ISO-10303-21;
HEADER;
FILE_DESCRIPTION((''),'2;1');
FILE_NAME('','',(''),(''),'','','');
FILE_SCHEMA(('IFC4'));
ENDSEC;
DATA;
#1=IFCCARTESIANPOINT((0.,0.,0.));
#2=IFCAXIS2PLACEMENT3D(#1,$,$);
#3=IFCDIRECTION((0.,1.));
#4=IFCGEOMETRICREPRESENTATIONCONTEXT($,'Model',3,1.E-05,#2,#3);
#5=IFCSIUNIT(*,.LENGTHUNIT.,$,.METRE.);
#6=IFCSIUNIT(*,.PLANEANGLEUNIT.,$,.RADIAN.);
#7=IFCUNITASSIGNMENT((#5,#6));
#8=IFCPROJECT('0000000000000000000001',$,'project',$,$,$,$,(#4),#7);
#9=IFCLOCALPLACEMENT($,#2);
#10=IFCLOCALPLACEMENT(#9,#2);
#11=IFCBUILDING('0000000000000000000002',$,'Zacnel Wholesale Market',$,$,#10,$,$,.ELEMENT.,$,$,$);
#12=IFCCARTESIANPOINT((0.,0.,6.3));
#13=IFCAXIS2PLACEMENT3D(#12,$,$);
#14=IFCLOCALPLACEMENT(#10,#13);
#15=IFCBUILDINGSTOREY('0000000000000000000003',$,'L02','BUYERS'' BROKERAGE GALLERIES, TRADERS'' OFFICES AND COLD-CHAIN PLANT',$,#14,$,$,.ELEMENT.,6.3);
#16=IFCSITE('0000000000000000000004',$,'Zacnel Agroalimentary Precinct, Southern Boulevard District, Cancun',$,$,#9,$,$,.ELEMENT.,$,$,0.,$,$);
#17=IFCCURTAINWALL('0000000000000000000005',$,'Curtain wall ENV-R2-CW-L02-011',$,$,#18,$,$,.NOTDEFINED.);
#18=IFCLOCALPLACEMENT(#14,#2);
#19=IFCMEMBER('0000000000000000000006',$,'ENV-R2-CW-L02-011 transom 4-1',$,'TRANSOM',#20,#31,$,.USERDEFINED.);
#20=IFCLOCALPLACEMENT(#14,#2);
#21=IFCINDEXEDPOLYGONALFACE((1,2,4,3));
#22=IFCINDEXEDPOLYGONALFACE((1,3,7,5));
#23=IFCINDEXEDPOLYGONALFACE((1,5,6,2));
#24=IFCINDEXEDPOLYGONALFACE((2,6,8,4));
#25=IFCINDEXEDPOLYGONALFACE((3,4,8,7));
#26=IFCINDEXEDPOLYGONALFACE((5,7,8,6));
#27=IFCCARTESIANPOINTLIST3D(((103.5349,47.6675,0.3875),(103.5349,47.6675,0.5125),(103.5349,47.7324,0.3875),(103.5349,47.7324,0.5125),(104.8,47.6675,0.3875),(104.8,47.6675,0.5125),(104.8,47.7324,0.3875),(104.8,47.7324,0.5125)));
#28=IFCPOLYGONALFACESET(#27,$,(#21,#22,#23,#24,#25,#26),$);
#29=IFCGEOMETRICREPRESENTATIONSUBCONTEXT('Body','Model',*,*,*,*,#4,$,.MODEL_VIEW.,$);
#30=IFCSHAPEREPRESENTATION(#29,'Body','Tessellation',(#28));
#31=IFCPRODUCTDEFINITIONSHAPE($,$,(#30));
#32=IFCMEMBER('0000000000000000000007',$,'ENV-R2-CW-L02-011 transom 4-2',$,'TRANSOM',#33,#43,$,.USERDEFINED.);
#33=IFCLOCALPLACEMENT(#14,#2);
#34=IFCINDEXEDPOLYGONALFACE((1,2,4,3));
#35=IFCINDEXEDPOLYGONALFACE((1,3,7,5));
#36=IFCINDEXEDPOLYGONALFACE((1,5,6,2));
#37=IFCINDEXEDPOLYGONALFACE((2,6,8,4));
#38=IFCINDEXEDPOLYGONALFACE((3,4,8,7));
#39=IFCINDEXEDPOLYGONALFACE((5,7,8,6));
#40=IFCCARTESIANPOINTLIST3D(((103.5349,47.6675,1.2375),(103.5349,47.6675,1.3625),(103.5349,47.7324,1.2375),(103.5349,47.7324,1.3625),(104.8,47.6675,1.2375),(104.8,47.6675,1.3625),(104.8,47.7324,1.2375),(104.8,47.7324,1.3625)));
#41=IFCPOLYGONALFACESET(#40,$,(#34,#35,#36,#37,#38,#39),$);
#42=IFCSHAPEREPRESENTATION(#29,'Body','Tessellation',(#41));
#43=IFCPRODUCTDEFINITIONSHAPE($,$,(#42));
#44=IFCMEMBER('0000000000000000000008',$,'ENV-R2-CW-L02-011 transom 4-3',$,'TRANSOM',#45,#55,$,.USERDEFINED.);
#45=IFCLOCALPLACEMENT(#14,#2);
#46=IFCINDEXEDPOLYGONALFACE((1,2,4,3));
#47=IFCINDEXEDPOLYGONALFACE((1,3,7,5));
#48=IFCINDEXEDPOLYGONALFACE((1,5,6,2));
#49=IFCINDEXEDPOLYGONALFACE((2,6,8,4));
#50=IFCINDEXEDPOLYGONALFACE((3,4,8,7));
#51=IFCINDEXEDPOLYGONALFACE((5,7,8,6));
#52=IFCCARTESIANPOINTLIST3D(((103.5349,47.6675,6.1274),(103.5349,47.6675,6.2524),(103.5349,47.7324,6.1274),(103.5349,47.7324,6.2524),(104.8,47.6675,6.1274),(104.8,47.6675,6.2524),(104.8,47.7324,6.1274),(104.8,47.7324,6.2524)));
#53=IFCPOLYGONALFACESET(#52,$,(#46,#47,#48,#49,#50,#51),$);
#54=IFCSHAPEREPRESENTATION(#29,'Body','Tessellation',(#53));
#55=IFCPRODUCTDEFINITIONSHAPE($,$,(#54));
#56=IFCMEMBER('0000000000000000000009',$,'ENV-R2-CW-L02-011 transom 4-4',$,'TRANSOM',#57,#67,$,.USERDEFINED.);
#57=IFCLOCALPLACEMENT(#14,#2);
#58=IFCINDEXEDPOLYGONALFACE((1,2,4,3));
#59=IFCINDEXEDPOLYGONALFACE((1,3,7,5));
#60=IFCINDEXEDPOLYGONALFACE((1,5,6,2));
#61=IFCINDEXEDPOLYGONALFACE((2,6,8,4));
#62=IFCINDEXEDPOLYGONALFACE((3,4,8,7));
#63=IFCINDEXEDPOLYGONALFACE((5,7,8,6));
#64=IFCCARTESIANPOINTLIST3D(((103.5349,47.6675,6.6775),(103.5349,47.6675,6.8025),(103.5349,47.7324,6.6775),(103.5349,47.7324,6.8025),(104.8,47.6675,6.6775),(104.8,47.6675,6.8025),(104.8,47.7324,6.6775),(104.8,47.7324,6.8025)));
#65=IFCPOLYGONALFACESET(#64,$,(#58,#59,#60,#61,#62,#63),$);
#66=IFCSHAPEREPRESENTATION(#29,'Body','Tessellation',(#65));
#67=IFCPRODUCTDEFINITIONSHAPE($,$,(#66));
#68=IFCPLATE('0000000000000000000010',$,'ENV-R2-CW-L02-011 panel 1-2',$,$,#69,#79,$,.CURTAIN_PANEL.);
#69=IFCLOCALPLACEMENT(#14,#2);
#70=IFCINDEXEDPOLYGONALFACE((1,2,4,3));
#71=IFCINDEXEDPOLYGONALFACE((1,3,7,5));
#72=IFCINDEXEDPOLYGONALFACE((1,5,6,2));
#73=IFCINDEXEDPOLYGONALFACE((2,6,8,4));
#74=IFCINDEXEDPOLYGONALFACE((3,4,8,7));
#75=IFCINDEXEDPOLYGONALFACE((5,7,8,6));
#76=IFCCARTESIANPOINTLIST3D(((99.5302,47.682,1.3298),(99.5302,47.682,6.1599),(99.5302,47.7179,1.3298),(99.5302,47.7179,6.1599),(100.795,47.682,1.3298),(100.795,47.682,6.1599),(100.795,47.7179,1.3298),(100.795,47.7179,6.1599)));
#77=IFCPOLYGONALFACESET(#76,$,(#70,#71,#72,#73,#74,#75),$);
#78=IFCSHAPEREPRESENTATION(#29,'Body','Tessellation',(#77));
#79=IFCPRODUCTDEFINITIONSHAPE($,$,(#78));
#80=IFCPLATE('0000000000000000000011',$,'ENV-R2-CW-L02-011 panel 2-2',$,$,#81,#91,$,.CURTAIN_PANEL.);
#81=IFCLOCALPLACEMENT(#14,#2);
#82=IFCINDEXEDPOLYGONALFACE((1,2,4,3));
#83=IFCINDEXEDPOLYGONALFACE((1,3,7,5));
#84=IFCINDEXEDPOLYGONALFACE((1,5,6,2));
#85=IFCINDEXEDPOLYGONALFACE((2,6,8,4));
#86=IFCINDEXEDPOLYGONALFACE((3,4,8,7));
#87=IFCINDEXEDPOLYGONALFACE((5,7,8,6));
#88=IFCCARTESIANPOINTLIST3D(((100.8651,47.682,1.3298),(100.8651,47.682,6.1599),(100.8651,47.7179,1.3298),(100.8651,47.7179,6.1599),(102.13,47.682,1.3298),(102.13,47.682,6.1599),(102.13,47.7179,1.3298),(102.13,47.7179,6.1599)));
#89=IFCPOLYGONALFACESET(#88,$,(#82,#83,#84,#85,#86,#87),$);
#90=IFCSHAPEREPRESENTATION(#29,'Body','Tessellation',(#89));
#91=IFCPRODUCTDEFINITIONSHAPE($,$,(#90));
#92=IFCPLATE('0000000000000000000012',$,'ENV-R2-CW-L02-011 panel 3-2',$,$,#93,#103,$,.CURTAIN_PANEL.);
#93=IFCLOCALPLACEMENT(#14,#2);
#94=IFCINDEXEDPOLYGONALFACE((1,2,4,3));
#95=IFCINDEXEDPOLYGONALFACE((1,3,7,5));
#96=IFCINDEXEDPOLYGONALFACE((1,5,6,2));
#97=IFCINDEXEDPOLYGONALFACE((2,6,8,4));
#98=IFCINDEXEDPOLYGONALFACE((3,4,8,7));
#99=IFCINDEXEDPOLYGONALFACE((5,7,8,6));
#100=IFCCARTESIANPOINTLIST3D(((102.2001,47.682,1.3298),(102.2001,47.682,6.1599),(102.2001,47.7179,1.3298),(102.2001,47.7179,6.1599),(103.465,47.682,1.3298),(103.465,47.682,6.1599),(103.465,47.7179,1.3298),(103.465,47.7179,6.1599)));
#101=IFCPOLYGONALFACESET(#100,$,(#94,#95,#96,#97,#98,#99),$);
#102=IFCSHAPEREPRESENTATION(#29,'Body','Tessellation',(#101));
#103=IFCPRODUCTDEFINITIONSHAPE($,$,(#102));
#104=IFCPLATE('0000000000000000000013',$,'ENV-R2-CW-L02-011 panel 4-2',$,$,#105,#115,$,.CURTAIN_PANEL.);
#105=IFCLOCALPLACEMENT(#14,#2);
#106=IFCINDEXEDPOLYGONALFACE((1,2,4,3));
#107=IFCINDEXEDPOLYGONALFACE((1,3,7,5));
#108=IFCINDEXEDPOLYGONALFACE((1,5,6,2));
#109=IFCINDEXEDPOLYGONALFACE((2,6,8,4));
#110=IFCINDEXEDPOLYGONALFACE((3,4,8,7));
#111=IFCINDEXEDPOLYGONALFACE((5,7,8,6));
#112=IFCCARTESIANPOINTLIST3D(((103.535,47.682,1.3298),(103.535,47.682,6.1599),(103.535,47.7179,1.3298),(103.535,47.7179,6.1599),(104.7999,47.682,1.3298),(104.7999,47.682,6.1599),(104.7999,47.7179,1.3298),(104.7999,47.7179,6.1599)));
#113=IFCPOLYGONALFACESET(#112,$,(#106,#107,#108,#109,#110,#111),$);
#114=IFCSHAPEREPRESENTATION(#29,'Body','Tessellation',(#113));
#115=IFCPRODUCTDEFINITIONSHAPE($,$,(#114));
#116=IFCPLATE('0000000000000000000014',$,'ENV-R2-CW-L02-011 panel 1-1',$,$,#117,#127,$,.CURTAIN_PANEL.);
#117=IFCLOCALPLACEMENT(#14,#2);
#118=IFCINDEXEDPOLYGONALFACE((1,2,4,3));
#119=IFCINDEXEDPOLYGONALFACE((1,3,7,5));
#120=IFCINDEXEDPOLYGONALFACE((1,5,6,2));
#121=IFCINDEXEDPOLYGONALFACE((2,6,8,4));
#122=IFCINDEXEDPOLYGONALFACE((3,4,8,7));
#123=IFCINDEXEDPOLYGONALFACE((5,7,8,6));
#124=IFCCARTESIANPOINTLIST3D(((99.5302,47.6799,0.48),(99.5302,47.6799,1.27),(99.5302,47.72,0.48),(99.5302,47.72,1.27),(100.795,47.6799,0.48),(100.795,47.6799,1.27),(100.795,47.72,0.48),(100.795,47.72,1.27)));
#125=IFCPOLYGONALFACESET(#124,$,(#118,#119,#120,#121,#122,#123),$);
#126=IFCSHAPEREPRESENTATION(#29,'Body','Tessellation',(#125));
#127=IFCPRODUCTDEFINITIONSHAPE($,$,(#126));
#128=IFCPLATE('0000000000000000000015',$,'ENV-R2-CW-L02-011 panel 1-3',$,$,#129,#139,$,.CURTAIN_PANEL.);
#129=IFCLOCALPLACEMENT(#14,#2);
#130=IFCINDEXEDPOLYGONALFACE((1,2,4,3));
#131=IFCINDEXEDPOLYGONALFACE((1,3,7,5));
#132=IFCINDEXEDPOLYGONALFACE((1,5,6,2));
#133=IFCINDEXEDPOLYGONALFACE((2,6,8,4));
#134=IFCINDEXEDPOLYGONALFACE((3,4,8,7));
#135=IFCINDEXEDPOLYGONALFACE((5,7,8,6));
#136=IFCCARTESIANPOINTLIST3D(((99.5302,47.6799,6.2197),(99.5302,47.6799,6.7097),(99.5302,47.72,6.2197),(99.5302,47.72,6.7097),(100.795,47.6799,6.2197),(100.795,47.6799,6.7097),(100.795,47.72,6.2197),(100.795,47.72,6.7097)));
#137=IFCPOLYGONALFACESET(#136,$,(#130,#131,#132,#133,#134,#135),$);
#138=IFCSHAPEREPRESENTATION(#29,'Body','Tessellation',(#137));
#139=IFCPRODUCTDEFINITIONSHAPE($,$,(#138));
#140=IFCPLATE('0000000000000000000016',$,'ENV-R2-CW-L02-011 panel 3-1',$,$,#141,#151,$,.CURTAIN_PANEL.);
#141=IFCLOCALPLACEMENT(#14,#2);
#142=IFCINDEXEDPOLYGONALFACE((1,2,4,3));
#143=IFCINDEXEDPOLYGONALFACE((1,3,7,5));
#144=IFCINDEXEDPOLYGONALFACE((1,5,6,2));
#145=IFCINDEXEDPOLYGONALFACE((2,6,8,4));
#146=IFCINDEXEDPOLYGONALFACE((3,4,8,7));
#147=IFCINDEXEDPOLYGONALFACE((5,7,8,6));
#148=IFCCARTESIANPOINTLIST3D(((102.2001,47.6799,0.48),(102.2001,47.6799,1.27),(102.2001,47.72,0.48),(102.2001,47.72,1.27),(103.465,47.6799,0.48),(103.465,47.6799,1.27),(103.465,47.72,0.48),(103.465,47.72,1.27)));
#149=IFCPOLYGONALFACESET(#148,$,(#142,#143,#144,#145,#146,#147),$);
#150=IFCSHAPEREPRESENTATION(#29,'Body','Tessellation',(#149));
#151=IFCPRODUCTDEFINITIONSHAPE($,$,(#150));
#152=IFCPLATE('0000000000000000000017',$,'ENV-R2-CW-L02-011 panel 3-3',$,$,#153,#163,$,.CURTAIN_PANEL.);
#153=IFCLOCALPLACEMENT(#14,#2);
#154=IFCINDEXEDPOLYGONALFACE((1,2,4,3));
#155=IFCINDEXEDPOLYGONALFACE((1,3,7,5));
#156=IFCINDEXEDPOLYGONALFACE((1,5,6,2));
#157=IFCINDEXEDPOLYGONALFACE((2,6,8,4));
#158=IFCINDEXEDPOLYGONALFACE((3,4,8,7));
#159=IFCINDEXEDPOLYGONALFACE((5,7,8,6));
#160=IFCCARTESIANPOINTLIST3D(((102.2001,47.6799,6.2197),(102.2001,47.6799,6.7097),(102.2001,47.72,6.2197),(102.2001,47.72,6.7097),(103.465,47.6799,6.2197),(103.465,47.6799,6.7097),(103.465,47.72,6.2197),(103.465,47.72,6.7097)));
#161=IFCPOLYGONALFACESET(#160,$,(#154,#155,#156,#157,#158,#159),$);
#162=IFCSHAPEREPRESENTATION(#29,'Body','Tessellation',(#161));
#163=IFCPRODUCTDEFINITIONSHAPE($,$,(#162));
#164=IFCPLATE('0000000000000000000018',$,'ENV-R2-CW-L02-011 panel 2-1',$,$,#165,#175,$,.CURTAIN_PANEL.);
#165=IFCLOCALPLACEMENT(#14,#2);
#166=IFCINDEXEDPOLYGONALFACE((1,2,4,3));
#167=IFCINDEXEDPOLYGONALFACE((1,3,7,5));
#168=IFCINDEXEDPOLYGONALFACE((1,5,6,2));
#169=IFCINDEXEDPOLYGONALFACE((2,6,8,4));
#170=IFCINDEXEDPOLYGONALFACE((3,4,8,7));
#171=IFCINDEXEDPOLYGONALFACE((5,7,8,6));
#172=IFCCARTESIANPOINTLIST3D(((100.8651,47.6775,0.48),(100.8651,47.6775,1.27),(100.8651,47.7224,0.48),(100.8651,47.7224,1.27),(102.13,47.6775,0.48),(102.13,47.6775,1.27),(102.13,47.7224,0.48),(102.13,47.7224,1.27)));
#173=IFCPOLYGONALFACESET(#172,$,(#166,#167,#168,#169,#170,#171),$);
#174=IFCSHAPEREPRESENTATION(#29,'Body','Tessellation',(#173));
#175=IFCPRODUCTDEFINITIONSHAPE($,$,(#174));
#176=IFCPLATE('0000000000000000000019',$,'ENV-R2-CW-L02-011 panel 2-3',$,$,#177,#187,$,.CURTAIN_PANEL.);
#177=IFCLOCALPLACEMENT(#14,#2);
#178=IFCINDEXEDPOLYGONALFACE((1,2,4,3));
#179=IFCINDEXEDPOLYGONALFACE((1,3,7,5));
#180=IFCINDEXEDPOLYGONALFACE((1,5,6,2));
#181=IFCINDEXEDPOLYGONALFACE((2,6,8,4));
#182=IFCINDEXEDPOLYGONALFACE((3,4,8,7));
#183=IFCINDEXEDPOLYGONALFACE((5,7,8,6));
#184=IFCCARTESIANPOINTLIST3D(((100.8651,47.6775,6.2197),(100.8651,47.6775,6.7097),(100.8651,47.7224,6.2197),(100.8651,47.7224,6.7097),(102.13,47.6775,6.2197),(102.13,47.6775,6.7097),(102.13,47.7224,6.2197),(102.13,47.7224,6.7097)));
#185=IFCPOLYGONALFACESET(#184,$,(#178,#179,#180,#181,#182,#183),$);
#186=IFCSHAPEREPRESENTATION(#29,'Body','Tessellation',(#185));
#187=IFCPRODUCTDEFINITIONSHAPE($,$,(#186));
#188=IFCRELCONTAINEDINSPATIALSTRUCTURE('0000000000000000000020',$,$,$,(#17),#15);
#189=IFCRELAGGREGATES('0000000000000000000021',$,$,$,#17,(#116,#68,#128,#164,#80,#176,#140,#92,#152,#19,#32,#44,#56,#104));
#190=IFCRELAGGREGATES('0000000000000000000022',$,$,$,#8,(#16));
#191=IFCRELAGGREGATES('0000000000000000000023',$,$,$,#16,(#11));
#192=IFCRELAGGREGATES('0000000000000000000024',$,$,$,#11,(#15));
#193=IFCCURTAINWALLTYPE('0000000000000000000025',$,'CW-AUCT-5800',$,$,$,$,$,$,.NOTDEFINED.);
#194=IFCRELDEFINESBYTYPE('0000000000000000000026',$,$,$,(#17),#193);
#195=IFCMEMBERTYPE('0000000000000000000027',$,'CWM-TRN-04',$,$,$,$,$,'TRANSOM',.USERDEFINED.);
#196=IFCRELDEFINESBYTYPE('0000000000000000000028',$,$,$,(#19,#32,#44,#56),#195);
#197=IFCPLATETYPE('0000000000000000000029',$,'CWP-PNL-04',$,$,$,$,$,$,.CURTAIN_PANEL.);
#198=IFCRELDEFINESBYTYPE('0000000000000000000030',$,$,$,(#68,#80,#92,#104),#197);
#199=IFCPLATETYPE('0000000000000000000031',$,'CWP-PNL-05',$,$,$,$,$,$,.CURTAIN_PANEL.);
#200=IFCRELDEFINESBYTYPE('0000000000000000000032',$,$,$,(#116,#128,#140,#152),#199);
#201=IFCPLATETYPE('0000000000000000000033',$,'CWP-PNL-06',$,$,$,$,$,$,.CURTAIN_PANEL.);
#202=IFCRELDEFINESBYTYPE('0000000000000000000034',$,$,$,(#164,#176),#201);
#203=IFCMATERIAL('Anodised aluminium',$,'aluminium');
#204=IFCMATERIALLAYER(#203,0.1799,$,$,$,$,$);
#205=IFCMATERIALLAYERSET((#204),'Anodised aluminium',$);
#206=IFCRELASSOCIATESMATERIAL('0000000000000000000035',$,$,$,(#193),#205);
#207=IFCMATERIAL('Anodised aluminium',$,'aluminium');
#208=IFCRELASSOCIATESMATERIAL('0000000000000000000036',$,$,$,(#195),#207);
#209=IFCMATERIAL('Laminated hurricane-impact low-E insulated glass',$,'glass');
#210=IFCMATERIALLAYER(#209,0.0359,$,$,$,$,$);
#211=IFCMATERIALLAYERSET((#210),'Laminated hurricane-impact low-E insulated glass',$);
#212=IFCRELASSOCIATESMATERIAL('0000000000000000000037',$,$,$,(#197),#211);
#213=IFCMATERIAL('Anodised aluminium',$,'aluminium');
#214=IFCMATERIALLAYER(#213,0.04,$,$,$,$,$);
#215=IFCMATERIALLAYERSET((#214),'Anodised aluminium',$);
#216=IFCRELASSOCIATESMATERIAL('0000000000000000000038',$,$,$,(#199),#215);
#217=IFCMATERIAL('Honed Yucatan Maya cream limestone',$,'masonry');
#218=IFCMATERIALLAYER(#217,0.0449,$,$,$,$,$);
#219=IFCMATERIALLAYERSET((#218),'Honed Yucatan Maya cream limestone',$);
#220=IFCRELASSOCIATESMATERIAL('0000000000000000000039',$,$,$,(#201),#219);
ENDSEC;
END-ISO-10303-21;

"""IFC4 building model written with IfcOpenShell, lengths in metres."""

from ifc_helpers import new_model, si_unit, direction, frame, origin, origin_2d, place, context, subcontext, project, spatial, rectangle, extrude, material, layer, layer_set, material_profile, profile_set, type_object, element, aggregate, save


model = new_model("IFC4")

# Units and contexts
model_context = context("Model", 3, precision=1e-05, world=origin(), true_north=direction((0.0, 1.0)))
body_context = subcontext(model_context, "Body", "Model", "MODEL_VIEW")
ifc_project = project(units=[si_unit("LENGTHUNIT", "METRE"), si_unit("PLANEANGLEUNIT", "RADIAN")], contexts=[model_context])

# Site, building, storey
site_placement = place(None, origin())
site = spatial("IfcSite", under=ifc_project, at=site_placement, Name="Zacnel Agroalimentary Precinct, Southern Boulevard District, Cancun", CompositionType="ELEMENT", RefElevation=0.0)
building_placement = place(site_placement, origin())
building = spatial("IfcBuilding", under=site, at=building_placement, Name="Zacnel Wholesale Market", CompositionType="ELEMENT")
storey_placement = place(building_placement, frame((0.0, 0.0, 6.3)))
storey = spatial("IfcBuildingStorey", under=building, at=storey_placement, Name="L02", Description="BUYERS' BROKERAGE GALLERIES, TRADERS' OFFICES AND COLD-CHAIN PLANT", CompositionType="ELEMENT", Elevation=6.3)

# Curtain wall, members, plates
ifc_material_1 = material(Name="Anodised aluminium", Category="aluminium")
ifc_layer_1 = layer(ifc_material_1, 0.1799)
ifc_layer_set_1 = layer_set([ifc_layer_1], Name="Anodised aluminium")
curtain_wall_type = type_object("IfcCurtainWallType", Name="CW-AUCT-5800", PredefinedType="NOTDEFINED", material=ifc_layer_set_1)
curtain_wall_placement = place(storey_placement, origin())
curtain_wall = element("IfcCurtainWall", 1, at=curtain_wall_placement, inside=storey, type_object=curtain_wall_type, Name="Curtain wall ENV-R2-CW-L02-011", PredefinedType="NOTDEFINED")
ifc_material_2 = material(Name="Anodised aluminium", Category="aluminium")
ifc_material_profile_1 = material_profile(ifc_material_2, rectangle(XDim=0.0649, YDim=0.125, at=origin_2d()), Name="AW-TRANSOM 65x125")
ifc_profile_set_1 = profile_set([ifc_material_profile_1], Name="Anodised aluminium")
member_type_1 = type_object("IfcMemberType", Name="CWM-TRN-04", ElementType="TRANSOM", PredefinedType="USERDEFINED", material=ifc_profile_set_1)
member_1_placement = place(storey_placement, frame((103.5349, 47.7, 0.45), z_axis=(1.0, 0.0, 0.0), x_axis=(0.0, 1.0, 0.0)))
member_1 = element("IfcMember", 2, at=member_1_placement, type_object=member_type_1, Name="ENV-R2-CW-L02-011 transom 4-1", ObjectType="TRANSOM", PredefinedType="USERDEFINED", context=body_context, shape_type="SweptSolid", body=[
    extrude(rectangle(XDim=0.0649, YDim=0.125, at=origin_2d()), origin(), (0.0, 0.0, 1.0), 1.2651),
])
member_2_placement = place(storey_placement, frame((103.5349, 47.7, 1.3), z_axis=(1.0, 0.0, 0.0), x_axis=(0.0, 1.0, 0.0)))
member_2 = element("IfcMember", 3, at=member_2_placement, type_object=member_type_1, Name="ENV-R2-CW-L02-011 transom 4-2", ObjectType="TRANSOM", PredefinedType="USERDEFINED", context=body_context, shape_type="SweptSolid", body=[
    extrude(rectangle(XDim=0.0649, YDim=0.125, at=origin_2d()), origin(), (0.0, 0.0, 1.0), 1.2651),
])
member_3_placement = place(storey_placement, frame((103.5349, 47.7, 6.1899), z_axis=(1.0, 0.0, 0.0), x_axis=(0.0, 1.0, 0.0)))
member_3 = element("IfcMember", 4, at=member_3_placement, type_object=member_type_1, Name="ENV-R2-CW-L02-011 transom 4-3", ObjectType="TRANSOM", PredefinedType="USERDEFINED", context=body_context, shape_type="SweptSolid", body=[
    extrude(rectangle(XDim=0.0649, YDim=0.125, at=origin_2d()), origin(), (0.0, 0.0, 1.0), 1.2651),
])
member_4_placement = place(storey_placement, frame((103.5349, 47.7, 6.74), z_axis=(1.0, 0.0, 0.0), x_axis=(0.0, 1.0, 0.0)))
member_4 = element("IfcMember", 5, at=member_4_placement, type_object=member_type_1, Name="ENV-R2-CW-L02-011 transom 4-4", ObjectType="TRANSOM", PredefinedType="USERDEFINED", context=body_context, shape_type="SweptSolid", body=[
    extrude(rectangle(XDim=0.0649, YDim=0.125, at=origin_2d()), origin(), (0.0, 0.0, 1.0), 1.2651),
])
ifc_material_3 = material(Name="Laminated hurricane-impact low-E insulated glass", Category="glass")
ifc_layer_2 = layer(ifc_material_3, 0.0359)
ifc_layer_set_2 = layer_set([ifc_layer_2], Name="Laminated hurricane-impact low-E insulated glass")
plate_type_1 = type_object("IfcPlateType", Name="CWP-PNL-04", PredefinedType="CURTAIN_PANEL", material=ifc_layer_set_2)
plate_1_placement = place(storey_placement, frame((100.1626, 47.7, 1.3298), z_axis=(0.0, 0.0, 1.0), x_axis=(1.0, 0.0, 0.0)))
plate_1 = element("IfcPlate", 6, at=plate_1_placement, type_object=plate_type_1, Name="ENV-R2-CW-L02-011 panel 1-2", PredefinedType="CURTAIN_PANEL", context=body_context, shape_type="SweptSolid", body=[
    extrude(rectangle(XDim=1.2649, YDim=0.0359, at=origin_2d()), origin(), (0.0, 0.0, 1.0), 4.8301),
])
plate_2_placement = place(storey_placement, frame((101.4976, 47.7, 1.3298), z_axis=(0.0, 0.0, 1.0), x_axis=(1.0, 0.0, 0.0)))
plate_2 = element("IfcPlate", 7, at=plate_2_placement, type_object=plate_type_1, Name="ENV-R2-CW-L02-011 panel 2-2", PredefinedType="CURTAIN_PANEL", context=body_context, shape_type="SweptSolid", body=[
    extrude(rectangle(XDim=1.2649, YDim=0.0359, at=origin_2d()), origin(), (0.0, 0.0, 1.0), 4.8301),
])
plate_3_placement = place(storey_placement, frame((102.8325, 47.7, 1.3298), z_axis=(0.0, 0.0, 1.0), x_axis=(1.0, 0.0, 0.0)))
plate_3 = element("IfcPlate", 8, at=plate_3_placement, type_object=plate_type_1, Name="ENV-R2-CW-L02-011 panel 3-2", PredefinedType="CURTAIN_PANEL", context=body_context, shape_type="SweptSolid", body=[
    extrude(rectangle(XDim=1.2649, YDim=0.0359, at=origin_2d()), origin(), (0.0, 0.0, 1.0), 4.8301),
])
plate_4_placement = place(storey_placement, frame((104.1675, 47.7, 1.3298), z_axis=(0.0, 0.0, 1.0), x_axis=(1.0, 0.0, 0.0)))
plate_4 = element("IfcPlate", 9, at=plate_4_placement, type_object=plate_type_1, Name="ENV-R2-CW-L02-011 panel 4-2", PredefinedType="CURTAIN_PANEL", context=body_context, shape_type="SweptSolid", body=[
    extrude(rectangle(XDim=1.2649, YDim=0.0359, at=origin_2d()), origin(), (0.0, 0.0, 1.0), 4.8301),
])
ifc_material_4 = material(Name="Anodised aluminium", Category="aluminium")
ifc_layer_3 = layer(ifc_material_4, 0.04)
ifc_layer_set_3 = layer_set([ifc_layer_3], Name="Anodised aluminium")
plate_type_2 = type_object("IfcPlateType", Name="CWP-PNL-05", PredefinedType="CURTAIN_PANEL", material=ifc_layer_set_3)
plate_5_placement = place(storey_placement, frame((100.1626, 47.7, 0.48), z_axis=(0.0, 0.0, 1.0), x_axis=(1.0, 0.0, 0.0)))
plate_5 = element("IfcPlate", 10, at=plate_5_placement, type_object=plate_type_2, Name="ENV-R2-CW-L02-011 panel 1-1", PredefinedType="CURTAIN_PANEL", context=body_context, shape_type="SweptSolid", body=[
    extrude(rectangle(XDim=1.2649, YDim=0.04, at=origin_2d()), origin(), (0.0, 0.0, 1.0), 0.79),
])
plate_6_placement = place(storey_placement, frame((100.1626, 47.7, 6.2197), z_axis=(0.0, 0.0, 1.0), x_axis=(1.0, 0.0, 0.0)))
plate_6 = element("IfcPlate", 11, at=plate_6_placement, type_object=plate_type_2, Name="ENV-R2-CW-L02-011 panel 1-3", PredefinedType="CURTAIN_PANEL", context=body_context, shape_type="SweptSolid", body=[
    extrude(rectangle(XDim=1.2649, YDim=0.04, at=origin_2d()), origin(), (0.0, 0.0, 1.0), 0.49),
])
plate_7_placement = place(storey_placement, frame((102.8325, 47.7, 0.48), z_axis=(0.0, 0.0, 1.0), x_axis=(1.0, 0.0, 0.0)))
plate_7 = element("IfcPlate", 12, at=plate_7_placement, type_object=plate_type_2, Name="ENV-R2-CW-L02-011 panel 3-1", PredefinedType="CURTAIN_PANEL", context=body_context, shape_type="SweptSolid", body=[
    extrude(rectangle(XDim=1.2649, YDim=0.04, at=origin_2d()), origin(), (0.0, 0.0, 1.0), 0.79),
])
plate_8_placement = place(storey_placement, frame((102.8325, 47.7, 6.2197), z_axis=(0.0, 0.0, 1.0), x_axis=(1.0, 0.0, 0.0)))
plate_8 = element("IfcPlate", 13, at=plate_8_placement, type_object=plate_type_2, Name="ENV-R2-CW-L02-011 panel 3-3", PredefinedType="CURTAIN_PANEL", context=body_context, shape_type="SweptSolid", body=[
    extrude(rectangle(XDim=1.2649, YDim=0.04, at=origin_2d()), origin(), (0.0, 0.0, 1.0), 0.49),
])
ifc_material_5 = material(Name="Honed Yucatan Maya cream limestone", Category="masonry")
ifc_layer_4 = layer(ifc_material_5, 0.0449)
ifc_layer_set_4 = layer_set([ifc_layer_4], Name="Honed Yucatan Maya cream limestone")
plate_type_3 = type_object("IfcPlateType", Name="CWP-PNL-06", PredefinedType="CURTAIN_PANEL", material=ifc_layer_set_4)
plate_9_placement = place(storey_placement, frame((101.4976, 47.7, 0.48), z_axis=(0.0, 0.0, 1.0), x_axis=(1.0, 0.0, 0.0)))
plate_9 = element("IfcPlate", 14, at=plate_9_placement, type_object=plate_type_3, Name="ENV-R2-CW-L02-011 panel 2-1", PredefinedType="CURTAIN_PANEL", context=body_context, shape_type="SweptSolid", body=[
    extrude(rectangle(XDim=1.2649, YDim=0.0449, at=origin_2d()), origin(), (0.0, 0.0, 1.0), 0.79),
])
plate_10_placement = place(storey_placement, frame((101.4976, 47.7, 6.2197), z_axis=(0.0, 0.0, 1.0), x_axis=(1.0, 0.0, 0.0)))
plate_10 = element("IfcPlate", 15, at=plate_10_placement, type_object=plate_type_3, Name="ENV-R2-CW-L02-011 panel 2-3", PredefinedType="CURTAIN_PANEL", context=body_context, shape_type="SweptSolid", body=[
    extrude(rectangle(XDim=1.2649, YDim=0.0449, at=origin_2d()), origin(), (0.0, 0.0, 1.0), 0.49),
])
aggregate(curtain_wall, [plate_5, plate_1, plate_6, plate_9, plate_2, plate_10, plate_7, plate_3, plate_8, member_1, member_2, member_3, member_4, plate_4])

save(model, "model.ifc")
